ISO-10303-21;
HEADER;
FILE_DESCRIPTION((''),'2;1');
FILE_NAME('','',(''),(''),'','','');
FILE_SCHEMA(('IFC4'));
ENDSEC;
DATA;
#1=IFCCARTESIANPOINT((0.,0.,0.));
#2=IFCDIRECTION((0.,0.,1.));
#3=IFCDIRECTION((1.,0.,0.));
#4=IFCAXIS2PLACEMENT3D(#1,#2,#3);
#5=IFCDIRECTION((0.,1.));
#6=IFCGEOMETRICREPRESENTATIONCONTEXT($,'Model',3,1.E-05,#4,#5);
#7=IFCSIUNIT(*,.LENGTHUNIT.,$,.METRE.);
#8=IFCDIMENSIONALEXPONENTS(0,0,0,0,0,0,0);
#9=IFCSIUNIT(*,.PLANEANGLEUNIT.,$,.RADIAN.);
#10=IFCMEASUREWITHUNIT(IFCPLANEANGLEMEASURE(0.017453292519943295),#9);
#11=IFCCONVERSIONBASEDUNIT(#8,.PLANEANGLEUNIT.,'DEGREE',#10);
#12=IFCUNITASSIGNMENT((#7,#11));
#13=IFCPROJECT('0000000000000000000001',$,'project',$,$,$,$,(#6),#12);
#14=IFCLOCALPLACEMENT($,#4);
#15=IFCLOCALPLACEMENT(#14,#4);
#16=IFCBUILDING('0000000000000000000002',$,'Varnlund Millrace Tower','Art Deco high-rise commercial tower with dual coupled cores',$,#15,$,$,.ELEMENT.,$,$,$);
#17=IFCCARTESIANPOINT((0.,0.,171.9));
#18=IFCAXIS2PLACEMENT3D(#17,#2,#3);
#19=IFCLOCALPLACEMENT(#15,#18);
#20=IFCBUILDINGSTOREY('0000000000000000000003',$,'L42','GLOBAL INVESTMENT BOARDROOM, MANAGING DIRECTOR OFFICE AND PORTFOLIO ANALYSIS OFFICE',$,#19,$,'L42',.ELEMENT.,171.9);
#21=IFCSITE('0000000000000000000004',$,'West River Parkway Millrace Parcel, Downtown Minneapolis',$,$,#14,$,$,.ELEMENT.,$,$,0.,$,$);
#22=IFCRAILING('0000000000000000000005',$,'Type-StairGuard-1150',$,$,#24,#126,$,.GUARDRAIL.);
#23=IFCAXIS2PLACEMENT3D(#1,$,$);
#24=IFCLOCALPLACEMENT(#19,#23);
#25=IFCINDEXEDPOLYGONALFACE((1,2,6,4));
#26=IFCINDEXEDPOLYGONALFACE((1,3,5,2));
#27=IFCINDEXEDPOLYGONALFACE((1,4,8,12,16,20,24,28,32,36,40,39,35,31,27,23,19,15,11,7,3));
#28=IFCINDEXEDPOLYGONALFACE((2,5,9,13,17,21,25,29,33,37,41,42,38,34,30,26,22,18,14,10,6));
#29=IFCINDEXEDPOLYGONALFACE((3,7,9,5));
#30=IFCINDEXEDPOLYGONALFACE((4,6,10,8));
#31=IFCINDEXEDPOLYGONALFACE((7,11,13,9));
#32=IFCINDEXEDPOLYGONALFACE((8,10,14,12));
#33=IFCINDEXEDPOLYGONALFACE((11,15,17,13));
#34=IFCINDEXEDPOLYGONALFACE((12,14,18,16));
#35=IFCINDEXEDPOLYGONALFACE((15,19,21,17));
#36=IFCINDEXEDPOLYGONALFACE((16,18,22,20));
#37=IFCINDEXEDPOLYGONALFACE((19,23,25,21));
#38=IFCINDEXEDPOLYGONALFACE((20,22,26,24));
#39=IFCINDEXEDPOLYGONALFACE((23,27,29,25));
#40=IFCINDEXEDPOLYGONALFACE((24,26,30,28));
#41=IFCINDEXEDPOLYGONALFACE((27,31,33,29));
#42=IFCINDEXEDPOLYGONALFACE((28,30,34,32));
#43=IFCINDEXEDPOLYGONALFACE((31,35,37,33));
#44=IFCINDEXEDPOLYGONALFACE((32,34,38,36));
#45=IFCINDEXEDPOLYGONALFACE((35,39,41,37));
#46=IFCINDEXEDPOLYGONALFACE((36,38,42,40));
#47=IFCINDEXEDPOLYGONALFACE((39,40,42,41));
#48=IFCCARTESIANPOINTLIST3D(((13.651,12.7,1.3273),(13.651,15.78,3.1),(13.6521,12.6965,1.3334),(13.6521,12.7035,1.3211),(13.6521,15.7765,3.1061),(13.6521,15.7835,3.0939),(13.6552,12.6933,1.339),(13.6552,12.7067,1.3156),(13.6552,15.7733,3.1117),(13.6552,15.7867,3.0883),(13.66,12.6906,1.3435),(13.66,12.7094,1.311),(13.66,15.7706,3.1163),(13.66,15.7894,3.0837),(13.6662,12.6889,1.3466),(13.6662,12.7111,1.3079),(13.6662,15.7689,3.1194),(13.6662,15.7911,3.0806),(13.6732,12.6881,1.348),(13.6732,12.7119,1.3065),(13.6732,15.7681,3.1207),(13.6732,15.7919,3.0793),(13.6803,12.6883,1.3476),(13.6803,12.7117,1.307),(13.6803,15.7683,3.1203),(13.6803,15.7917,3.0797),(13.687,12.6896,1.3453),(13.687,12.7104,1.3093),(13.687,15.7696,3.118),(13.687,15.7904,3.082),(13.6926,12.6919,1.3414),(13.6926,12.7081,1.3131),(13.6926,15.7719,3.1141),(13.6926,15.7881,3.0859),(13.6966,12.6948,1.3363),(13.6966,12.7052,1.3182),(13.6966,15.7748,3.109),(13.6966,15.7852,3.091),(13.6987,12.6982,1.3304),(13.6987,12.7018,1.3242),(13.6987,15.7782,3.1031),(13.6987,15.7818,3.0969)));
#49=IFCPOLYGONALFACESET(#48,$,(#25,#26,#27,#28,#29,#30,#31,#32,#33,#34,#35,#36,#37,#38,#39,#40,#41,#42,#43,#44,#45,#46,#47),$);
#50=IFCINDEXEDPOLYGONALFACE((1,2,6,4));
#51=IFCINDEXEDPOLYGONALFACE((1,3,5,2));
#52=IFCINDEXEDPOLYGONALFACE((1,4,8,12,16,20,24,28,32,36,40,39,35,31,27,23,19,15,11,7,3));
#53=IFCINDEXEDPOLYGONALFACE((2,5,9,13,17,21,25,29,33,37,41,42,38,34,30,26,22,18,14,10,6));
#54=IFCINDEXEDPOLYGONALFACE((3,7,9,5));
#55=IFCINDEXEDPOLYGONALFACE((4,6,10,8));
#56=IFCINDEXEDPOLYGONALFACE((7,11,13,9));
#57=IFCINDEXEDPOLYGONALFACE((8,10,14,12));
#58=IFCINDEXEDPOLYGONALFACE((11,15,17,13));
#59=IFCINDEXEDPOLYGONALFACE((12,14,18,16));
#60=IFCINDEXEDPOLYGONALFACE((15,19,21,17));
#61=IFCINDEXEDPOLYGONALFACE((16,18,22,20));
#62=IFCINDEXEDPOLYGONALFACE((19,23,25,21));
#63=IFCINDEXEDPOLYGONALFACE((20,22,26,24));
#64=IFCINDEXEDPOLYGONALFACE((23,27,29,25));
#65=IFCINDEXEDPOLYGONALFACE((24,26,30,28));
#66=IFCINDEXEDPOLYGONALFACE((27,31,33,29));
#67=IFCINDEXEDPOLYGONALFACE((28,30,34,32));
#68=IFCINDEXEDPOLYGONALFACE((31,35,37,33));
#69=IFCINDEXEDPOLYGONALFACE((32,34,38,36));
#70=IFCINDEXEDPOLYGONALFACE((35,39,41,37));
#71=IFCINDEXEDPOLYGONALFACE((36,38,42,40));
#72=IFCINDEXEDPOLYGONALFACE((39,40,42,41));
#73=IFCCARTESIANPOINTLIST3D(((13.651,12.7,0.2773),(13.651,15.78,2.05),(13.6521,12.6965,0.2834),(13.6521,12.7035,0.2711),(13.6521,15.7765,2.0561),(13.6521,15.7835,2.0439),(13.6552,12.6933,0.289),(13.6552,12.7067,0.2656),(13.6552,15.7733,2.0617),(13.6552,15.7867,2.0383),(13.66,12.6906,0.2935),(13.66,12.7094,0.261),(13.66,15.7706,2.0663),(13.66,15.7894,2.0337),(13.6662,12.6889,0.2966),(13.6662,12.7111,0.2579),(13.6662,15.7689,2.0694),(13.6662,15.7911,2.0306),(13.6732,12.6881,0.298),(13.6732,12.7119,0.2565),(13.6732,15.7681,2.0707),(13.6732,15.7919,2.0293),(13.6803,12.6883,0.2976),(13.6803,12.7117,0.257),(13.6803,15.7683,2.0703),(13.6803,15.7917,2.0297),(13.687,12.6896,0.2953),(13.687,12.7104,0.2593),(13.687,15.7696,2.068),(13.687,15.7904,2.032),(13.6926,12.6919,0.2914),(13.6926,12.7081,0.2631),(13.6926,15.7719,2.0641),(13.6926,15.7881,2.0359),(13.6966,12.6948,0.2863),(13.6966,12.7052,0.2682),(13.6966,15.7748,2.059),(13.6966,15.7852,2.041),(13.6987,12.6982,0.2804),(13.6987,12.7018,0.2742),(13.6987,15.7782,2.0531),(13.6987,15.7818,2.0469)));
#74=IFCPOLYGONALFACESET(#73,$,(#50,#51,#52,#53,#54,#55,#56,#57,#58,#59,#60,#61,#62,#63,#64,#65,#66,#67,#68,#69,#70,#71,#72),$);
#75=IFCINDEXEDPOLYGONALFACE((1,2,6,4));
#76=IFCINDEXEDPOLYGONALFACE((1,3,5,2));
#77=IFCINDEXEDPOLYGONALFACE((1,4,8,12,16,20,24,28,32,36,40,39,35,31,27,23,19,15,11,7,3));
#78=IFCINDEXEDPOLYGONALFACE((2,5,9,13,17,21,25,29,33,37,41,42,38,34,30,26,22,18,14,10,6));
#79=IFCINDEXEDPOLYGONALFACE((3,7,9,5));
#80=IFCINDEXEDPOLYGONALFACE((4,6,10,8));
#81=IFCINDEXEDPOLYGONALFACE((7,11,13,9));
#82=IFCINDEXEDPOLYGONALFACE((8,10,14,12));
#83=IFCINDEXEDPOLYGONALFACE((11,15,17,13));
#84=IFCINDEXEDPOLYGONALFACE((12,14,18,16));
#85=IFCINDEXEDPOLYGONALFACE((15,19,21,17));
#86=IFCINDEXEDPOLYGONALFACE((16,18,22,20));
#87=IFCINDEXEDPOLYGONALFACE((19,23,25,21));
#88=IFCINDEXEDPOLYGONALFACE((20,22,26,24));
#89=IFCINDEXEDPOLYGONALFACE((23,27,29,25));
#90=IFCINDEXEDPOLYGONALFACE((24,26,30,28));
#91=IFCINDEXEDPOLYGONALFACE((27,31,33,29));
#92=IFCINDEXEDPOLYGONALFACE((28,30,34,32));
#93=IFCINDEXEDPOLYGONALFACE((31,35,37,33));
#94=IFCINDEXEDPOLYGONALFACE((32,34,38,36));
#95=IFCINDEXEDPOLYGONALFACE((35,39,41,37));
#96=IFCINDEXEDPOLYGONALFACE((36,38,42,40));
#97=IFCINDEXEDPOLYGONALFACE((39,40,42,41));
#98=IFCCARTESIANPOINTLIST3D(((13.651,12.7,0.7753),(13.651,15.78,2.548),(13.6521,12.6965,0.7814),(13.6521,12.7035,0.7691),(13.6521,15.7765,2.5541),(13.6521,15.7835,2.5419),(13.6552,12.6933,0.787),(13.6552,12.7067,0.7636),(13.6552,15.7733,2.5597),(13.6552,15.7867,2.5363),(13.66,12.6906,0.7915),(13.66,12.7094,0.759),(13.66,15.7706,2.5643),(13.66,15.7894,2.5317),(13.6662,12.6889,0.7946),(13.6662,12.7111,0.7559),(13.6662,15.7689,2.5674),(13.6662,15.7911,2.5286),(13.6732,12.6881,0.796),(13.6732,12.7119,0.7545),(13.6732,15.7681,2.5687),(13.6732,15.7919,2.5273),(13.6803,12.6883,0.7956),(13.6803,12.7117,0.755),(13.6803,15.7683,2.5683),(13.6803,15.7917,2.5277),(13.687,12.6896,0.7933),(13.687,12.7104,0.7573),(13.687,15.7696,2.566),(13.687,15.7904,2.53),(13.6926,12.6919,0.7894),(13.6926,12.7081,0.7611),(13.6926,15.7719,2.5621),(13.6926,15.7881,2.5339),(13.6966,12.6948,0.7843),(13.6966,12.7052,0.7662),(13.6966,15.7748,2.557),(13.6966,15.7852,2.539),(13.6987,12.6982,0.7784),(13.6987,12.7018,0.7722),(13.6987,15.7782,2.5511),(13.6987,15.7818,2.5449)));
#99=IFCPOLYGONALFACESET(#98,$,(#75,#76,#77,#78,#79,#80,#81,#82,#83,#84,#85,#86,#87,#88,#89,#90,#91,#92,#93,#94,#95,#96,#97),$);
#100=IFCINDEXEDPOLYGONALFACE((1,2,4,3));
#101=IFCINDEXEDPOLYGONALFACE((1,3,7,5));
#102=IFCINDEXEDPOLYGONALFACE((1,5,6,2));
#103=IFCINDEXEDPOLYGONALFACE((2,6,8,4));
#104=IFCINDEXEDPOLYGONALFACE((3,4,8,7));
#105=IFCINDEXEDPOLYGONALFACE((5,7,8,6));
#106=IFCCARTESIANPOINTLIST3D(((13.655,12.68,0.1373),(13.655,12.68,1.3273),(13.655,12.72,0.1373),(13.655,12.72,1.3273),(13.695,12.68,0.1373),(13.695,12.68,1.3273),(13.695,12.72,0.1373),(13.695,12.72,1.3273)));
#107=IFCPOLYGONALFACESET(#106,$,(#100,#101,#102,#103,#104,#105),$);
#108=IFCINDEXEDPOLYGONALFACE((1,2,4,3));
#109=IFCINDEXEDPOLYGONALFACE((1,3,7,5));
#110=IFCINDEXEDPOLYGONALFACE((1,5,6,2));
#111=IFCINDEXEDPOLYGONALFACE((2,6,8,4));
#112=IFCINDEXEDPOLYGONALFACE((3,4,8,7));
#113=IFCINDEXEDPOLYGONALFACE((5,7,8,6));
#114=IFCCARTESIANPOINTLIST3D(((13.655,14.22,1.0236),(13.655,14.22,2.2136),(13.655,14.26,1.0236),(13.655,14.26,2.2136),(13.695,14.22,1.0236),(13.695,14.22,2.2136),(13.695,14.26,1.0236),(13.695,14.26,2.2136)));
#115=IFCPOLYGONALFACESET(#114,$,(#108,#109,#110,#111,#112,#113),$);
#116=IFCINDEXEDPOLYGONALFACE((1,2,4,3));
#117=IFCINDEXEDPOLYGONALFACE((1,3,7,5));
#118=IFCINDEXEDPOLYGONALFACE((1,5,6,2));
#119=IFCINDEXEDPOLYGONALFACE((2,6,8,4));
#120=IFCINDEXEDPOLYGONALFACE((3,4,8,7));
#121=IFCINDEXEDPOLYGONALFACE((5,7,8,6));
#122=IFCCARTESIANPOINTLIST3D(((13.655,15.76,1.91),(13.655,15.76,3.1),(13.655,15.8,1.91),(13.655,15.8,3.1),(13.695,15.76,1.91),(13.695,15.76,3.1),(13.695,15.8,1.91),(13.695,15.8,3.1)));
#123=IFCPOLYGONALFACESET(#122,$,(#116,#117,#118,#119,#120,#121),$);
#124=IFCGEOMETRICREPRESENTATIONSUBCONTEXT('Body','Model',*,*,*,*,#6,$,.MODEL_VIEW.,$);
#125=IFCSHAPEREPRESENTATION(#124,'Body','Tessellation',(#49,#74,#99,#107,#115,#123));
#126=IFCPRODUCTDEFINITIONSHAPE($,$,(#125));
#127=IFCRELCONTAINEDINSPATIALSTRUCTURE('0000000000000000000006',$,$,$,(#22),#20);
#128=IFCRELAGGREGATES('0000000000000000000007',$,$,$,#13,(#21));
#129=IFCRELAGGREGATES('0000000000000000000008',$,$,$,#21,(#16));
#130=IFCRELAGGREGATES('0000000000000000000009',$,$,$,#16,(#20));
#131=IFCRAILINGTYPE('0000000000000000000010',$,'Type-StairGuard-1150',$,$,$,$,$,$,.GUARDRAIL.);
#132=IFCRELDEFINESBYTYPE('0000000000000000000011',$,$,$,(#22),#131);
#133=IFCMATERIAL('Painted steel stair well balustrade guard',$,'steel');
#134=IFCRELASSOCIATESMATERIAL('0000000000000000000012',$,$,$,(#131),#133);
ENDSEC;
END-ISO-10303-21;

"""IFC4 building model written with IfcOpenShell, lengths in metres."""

from ifc_helpers import new_model, entity, si_unit, converted_unit, direction, frame, origin_with_axes, origin_2d_with_axis, place, context, subcontext, project, spatial, rectangle, circle, extrude, material, type_object, element, save


model = new_model("IFC4")

# Units and contexts
model_context = context("Model", 3, precision=1e-05, world=origin_with_axes(), true_north=direction((0.0, 1.0)))
body_context = subcontext(model_context, "Body", "Model", "MODEL_VIEW")
ifc_project = project(units=[si_unit("LENGTHUNIT", "METRE"), converted_unit("PLANEANGLEUNIT", "DEGREE", entity("IfcPlaneAngleMeasure", 0.017453292519943295), si_unit("PLANEANGLEUNIT", "RADIAN"), dimensions=[0, 0, 0, 0, 0, 0, 0])], contexts=[model_context])

# Site, building, storey
site_placement = place(None, origin_with_axes())
site = spatial("IfcSite", under=ifc_project, at=site_placement, Name="West River Parkway Millrace Parcel, Downtown Minneapolis", CompositionType="ELEMENT", RefElevation=0.0)
building_placement = place(site_placement, origin_with_axes())
building = spatial("IfcBuilding", under=site, at=building_placement, Name="Varnlund Millrace Tower", Description="Art Deco high-rise commercial tower with dual coupled cores", CompositionType="ELEMENT")
storey_placement = place(building_placement, frame((0.0, 0.0, 171.9), z_axis=(0.0, 0.0, 1.0), x_axis=(1.0, 0.0, 0.0)))
storey = spatial("IfcBuildingStorey", under=building, at=storey_placement, Name="L42", Description="GLOBAL INVESTMENT BOARDROOM, MANAGING DIRECTOR OFFICE AND PORTFOLIO ANALYSIS OFFICE", LongName="L42", CompositionType="ELEMENT", Elevation=171.9)

# Railing
ifc_material_1 = material(Name="Painted steel stair well balustrade guard", Category="steel")
railing_type_1 = type_object("IfcRailingType", Name="Type-StairGuard-1150", PredefinedType="GUARDRAIL", material=ifc_material_1)
railing_1_placement = place(storey_placement, frame((0.0, 0.0, -171.9), z_axis=(0.0, 0.0, 1.0), x_axis=(1.0, 0.0, 0.0)))
element("IfcRailing", 1, at=railing_1_placement, inside=storey, type_object=railing_type_1, Name="Type-StairGuard-1150", PredefinedType="GUARDRAIL", context=body_context, shape_type="SweptSolid", body=[
    extrude(circle(Radius=0.024, at=origin_2d_with_axis()), frame((13.675, 12.7, 173.2273), z_axis=(0.0, 0.866696, 0.498836), x_axis=(-1.0, 0.0, 0.0)), (0.0, 0.0, 1.0), 3.5537),
    extrude(circle(Radius=0.024, at=origin_2d_with_axis()), frame((13.675, 12.7, 172.1773), z_axis=(0.0, 0.866696, 0.498836), x_axis=(-1.0, 0.0, 0.0)), (0.0, 0.0, 1.0), 3.5537),
    extrude(circle(Radius=0.024, at=origin_2d_with_axis()), frame((13.675, 12.7, 172.6753), z_axis=(0.0, 0.866696, 0.498836), x_axis=(-1.0, 0.0, 0.0)), (0.0, 0.0, 1.0), 3.5537),
    extrude(rectangle(XDim=0.04, YDim=0.04, at=origin_2d_with_axis()), frame((13.675, 12.7, 172.0373), z_axis=(0.0, 0.0, 1.0), x_axis=(1.0, 0.0, 0.0)), (0.0, 0.0, 1.0), 1.19),
    extrude(rectangle(XDim=0.04, YDim=0.04, at=origin_2d_with_axis()), frame((13.675, 14.24, 172.9236), z_axis=(0.0, 0.0, 1.0), x_axis=(1.0, 0.0, 0.0)), (0.0, 0.0, 1.0), 1.19),
    extrude(rectangle(XDim=0.04, YDim=0.04, at=origin_2d_with_axis()), frame((13.675, 15.78, 173.81), z_axis=(0.0, 0.0, 1.0), x_axis=(1.0, 0.0, 0.0)), (0.0, 0.0, 1.0), 1.19),
])

save(model, "model.ifc")
